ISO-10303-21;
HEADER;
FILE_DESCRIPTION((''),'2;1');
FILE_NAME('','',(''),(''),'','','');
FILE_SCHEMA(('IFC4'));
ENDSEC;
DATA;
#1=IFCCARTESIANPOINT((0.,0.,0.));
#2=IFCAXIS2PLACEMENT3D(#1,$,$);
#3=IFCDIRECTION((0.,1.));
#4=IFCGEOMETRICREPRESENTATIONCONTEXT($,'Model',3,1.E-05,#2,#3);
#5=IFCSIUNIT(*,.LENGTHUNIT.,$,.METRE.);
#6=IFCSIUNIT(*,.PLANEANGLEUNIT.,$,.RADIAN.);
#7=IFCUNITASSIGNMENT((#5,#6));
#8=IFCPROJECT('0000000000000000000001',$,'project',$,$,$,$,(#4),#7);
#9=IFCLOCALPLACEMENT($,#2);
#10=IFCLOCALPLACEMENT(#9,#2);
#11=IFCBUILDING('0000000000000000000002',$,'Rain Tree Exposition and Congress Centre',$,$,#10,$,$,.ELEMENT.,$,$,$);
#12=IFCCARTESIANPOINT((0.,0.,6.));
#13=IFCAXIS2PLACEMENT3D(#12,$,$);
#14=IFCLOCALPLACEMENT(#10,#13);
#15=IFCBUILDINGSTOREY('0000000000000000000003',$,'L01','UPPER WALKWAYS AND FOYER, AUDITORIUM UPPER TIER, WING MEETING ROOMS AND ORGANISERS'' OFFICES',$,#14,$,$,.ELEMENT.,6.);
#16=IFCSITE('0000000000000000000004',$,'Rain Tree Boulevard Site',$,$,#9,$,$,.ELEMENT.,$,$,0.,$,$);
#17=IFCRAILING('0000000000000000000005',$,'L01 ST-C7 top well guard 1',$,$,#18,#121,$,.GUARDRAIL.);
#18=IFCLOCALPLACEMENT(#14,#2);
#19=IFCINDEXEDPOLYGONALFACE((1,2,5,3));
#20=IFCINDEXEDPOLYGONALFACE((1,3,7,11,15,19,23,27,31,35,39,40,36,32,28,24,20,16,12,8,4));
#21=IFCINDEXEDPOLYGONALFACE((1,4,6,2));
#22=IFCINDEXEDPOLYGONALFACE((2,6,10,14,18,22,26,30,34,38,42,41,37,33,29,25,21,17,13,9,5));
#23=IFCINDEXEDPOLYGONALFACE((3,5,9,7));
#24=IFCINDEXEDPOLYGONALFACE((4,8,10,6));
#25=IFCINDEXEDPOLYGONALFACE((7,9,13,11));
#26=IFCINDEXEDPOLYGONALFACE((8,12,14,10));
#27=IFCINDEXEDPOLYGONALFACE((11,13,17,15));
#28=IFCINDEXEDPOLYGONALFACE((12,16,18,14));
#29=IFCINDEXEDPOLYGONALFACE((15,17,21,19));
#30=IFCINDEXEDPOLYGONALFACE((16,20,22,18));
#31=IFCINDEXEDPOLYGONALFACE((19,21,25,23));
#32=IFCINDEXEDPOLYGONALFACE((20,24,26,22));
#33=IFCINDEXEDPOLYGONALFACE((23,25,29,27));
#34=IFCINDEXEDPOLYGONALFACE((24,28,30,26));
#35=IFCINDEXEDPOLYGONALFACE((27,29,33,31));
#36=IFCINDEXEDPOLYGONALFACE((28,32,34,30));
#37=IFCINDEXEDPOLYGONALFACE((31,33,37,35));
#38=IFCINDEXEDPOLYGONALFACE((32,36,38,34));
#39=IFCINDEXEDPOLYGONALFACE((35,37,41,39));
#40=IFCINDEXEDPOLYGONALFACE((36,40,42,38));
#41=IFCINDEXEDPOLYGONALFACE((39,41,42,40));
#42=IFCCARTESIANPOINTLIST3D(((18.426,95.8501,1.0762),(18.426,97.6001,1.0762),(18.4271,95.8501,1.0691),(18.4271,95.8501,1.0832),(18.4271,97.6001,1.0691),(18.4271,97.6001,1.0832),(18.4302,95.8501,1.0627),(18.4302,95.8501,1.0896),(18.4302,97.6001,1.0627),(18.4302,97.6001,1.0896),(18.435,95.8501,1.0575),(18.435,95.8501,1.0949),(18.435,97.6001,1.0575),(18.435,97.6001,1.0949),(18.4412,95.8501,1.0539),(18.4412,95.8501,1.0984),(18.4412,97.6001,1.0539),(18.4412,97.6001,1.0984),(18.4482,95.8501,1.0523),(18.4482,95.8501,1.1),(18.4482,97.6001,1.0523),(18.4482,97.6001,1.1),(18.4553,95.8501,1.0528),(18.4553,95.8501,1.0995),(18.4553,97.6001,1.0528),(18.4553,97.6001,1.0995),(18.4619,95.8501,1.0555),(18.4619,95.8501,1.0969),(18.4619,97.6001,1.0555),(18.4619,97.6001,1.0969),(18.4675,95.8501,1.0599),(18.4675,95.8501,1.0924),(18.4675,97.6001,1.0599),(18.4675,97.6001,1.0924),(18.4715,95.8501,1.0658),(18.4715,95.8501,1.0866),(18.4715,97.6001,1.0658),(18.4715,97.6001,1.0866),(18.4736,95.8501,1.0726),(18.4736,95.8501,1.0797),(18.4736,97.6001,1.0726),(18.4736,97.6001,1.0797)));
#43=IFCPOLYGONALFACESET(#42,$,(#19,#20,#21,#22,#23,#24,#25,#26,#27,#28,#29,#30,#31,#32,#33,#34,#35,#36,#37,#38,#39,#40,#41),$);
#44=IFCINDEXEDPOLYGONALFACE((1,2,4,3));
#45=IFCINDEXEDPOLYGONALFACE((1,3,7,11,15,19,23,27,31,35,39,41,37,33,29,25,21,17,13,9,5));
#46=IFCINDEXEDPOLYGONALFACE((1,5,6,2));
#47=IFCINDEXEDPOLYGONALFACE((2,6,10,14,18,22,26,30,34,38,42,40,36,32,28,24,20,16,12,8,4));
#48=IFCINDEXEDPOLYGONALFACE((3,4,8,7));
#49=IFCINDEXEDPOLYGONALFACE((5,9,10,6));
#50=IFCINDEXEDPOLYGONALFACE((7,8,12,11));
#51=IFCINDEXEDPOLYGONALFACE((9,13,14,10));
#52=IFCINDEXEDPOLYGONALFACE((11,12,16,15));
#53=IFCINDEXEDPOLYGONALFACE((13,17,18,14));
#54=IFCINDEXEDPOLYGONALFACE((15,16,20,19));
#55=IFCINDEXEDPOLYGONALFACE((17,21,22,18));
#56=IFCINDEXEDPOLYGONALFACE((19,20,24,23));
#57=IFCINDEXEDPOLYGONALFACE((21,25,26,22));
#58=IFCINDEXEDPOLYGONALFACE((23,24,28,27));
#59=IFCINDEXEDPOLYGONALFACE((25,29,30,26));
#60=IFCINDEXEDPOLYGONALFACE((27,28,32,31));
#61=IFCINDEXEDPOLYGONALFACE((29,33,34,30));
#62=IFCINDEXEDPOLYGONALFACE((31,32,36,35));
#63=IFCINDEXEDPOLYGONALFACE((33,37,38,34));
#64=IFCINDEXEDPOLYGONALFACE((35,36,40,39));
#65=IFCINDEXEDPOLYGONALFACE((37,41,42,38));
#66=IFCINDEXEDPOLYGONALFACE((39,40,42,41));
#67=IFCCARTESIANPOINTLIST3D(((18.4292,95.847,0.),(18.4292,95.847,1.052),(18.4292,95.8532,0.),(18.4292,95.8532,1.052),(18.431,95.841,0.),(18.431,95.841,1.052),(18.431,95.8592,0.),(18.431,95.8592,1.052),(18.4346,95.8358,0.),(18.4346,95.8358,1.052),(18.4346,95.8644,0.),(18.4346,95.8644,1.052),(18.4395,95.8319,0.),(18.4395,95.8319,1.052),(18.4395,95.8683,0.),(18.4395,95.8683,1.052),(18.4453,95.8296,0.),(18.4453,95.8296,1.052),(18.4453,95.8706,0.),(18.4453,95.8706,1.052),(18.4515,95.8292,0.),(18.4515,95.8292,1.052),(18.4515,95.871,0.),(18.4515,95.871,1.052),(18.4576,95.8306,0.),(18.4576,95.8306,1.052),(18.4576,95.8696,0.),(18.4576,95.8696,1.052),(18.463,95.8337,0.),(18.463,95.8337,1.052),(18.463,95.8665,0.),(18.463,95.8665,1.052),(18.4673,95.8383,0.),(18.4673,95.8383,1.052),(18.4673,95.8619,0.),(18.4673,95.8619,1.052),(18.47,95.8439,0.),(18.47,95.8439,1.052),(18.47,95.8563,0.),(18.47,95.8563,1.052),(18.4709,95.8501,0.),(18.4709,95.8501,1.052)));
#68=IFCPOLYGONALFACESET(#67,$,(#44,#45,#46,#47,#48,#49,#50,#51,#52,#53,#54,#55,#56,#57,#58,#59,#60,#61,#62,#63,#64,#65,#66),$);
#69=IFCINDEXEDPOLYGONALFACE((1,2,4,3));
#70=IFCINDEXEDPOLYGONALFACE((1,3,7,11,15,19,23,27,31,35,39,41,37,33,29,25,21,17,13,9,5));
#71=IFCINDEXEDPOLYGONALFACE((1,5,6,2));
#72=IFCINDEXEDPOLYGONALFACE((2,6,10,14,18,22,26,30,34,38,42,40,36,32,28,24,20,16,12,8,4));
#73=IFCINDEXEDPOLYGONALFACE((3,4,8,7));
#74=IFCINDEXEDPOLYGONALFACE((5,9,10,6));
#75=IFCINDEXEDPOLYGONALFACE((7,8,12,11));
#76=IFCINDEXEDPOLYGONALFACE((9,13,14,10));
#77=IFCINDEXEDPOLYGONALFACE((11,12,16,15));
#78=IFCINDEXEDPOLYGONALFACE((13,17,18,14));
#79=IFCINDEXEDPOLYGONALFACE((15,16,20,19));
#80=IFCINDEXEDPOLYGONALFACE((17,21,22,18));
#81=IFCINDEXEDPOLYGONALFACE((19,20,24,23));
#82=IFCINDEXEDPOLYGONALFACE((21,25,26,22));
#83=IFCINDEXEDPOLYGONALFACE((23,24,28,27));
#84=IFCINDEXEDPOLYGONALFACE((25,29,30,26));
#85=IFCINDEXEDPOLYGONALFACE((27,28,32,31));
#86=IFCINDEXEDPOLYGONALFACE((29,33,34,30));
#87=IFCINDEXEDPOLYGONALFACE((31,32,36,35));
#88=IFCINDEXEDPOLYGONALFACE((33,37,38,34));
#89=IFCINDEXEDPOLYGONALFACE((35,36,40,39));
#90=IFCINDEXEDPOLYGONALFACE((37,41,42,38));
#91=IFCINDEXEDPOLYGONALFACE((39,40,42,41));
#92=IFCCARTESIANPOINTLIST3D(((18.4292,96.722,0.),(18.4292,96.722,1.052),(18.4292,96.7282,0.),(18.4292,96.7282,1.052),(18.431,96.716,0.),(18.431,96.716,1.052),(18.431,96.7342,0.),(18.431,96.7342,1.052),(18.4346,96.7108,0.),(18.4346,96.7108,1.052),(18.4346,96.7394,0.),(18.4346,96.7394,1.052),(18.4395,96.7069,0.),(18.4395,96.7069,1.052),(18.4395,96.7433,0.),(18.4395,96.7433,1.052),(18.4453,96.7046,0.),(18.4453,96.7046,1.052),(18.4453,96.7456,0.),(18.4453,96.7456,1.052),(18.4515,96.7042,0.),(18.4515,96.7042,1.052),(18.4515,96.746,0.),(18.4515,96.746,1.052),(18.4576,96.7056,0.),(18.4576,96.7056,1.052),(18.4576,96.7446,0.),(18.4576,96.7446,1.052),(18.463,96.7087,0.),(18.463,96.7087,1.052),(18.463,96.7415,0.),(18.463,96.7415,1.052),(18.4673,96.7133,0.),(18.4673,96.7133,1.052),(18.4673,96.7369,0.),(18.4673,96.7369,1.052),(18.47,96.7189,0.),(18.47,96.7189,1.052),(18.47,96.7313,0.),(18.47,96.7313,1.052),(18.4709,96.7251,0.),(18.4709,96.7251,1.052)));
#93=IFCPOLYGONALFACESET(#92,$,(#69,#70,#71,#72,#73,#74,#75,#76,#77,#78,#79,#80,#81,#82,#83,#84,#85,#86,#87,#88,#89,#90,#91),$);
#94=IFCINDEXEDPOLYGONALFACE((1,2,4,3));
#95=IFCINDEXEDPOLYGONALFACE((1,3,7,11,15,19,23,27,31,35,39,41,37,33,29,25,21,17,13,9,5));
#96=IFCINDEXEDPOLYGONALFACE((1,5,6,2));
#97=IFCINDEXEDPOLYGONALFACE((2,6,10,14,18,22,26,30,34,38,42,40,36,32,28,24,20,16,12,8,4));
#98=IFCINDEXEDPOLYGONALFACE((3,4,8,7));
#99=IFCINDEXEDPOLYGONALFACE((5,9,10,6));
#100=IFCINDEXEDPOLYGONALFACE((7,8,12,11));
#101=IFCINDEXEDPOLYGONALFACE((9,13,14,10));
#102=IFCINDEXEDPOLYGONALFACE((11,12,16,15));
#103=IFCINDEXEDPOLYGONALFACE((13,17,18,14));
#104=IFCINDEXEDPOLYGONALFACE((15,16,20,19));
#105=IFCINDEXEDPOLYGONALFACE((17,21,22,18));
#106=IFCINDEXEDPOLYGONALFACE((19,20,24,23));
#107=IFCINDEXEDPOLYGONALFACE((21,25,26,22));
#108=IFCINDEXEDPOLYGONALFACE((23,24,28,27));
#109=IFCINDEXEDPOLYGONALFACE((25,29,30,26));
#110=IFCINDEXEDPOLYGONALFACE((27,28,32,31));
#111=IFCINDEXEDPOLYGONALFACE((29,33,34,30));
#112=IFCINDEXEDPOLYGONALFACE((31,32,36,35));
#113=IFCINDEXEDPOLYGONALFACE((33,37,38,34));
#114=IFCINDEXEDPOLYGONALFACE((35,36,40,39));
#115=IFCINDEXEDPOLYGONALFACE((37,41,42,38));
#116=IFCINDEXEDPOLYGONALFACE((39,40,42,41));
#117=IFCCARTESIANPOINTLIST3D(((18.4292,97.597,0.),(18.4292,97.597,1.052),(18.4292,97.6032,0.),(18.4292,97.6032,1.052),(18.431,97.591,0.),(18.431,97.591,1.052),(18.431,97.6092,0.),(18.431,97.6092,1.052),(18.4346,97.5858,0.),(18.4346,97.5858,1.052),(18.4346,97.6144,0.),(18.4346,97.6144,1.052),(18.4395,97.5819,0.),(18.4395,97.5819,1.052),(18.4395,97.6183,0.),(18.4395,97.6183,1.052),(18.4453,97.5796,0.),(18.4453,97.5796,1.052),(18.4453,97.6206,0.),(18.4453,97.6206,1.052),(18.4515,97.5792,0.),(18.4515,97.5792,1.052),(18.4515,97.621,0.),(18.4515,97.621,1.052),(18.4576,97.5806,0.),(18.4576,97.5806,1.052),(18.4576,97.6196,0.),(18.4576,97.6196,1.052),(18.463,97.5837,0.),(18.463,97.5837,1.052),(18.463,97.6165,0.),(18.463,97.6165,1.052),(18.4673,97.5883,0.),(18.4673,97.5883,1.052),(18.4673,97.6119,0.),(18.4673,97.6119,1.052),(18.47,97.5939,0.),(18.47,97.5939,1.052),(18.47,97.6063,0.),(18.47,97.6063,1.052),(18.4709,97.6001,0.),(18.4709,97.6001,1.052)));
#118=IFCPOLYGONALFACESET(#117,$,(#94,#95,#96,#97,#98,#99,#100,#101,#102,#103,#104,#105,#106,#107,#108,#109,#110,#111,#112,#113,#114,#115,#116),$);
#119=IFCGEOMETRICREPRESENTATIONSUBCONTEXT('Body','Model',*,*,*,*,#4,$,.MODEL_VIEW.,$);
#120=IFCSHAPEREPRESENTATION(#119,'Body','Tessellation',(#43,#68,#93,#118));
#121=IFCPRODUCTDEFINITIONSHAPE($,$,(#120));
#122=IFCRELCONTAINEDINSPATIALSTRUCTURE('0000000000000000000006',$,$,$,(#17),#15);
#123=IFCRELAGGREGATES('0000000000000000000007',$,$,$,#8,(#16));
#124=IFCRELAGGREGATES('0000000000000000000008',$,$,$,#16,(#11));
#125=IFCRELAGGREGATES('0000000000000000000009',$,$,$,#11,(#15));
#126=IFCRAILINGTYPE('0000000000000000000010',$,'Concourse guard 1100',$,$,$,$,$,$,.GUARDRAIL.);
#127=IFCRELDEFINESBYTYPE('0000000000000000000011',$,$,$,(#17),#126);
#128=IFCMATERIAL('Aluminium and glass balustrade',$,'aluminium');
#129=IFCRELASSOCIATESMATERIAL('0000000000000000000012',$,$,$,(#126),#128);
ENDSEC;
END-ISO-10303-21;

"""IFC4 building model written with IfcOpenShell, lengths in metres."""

from ifc_helpers import new_model, si_unit, direction, frame, origin, origin_2d, place, context, subcontext, project, spatial, circle, extrude, material, type_object, element, save


model = new_model("IFC4")

# Units and contexts
model_context = context("Model", 3, precision=1e-05, world=origin(), true_north=direction((0.0, 1.0)))
body_context = subcontext(model_context, "Body", "Model", "MODEL_VIEW")
ifc_project = project(units=[si_unit("LENGTHUNIT", "METRE"), si_unit("PLANEANGLEUNIT", "RADIAN")], contexts=[model_context])

# Site, building, storey
site_placement = place(None, origin())
site = spatial("IfcSite", under=ifc_project, at=site_placement, Name="Rain Tree Boulevard Site", CompositionType="ELEMENT", RefElevation=0.0)
building_placement = place(site_placement, origin())
building = spatial("IfcBuilding", under=site, at=building_placement, Name="Rain Tree Exposition and Congress Centre", CompositionType="ELEMENT")
storey_placement = place(building_placement, frame((0.0, 0.0, 6.0)))
storey = spatial("IfcBuildingStorey", under=building, at=storey_placement, Name="L01", Description="UPPER WALKWAYS AND FOYER, AUDITORIUM UPPER TIER, WING MEETING ROOMS AND ORGANISERS' OFFICES", CompositionType="ELEMENT", Elevation=6.0)

# Railing
ifc_material_1 = material(Name="Aluminium and glass balustrade", Category="aluminium")
railing_type = type_object("IfcRailingType", Name="Concourse guard 1100", PredefinedType="GUARDRAIL", material=ifc_material_1)
railing_1_placement = place(storey_placement, frame((18.45, 95.8501, 0.0)))
element("IfcRailing", 1, at=railing_1_placement, inside=storey, type_object=railing_type, Name="L01 ST-C7 top well guard 1", PredefinedType="GUARDRAIL", context=body_context, shape_type="SweptSolid", body=[
    extrude(circle(Radius=0.0239, at=origin_2d()), frame((0.0, 0.0, 1.0762), z_axis=(0.0, 1.0, 0.0), x_axis=(-1.0, 0.0, 0.0)), (0.0, 0.0, 1.0), 1.75),
    extrude(circle(Radius=0.021, at=origin_2d()), origin(), (0.0, 0.0, 1.0), 1.052),
    extrude(circle(Radius=0.021, at=origin_2d()), frame((0.0, 0.875, 0.0)), (0.0, 0.0, 1.0), 1.052),
    extrude(circle(Radius=0.021, at=origin_2d()), frame((0.0, 1.75, 0.0)), (0.0, 0.0, 1.0), 1.052),
])

save(model, "model.ifc")
